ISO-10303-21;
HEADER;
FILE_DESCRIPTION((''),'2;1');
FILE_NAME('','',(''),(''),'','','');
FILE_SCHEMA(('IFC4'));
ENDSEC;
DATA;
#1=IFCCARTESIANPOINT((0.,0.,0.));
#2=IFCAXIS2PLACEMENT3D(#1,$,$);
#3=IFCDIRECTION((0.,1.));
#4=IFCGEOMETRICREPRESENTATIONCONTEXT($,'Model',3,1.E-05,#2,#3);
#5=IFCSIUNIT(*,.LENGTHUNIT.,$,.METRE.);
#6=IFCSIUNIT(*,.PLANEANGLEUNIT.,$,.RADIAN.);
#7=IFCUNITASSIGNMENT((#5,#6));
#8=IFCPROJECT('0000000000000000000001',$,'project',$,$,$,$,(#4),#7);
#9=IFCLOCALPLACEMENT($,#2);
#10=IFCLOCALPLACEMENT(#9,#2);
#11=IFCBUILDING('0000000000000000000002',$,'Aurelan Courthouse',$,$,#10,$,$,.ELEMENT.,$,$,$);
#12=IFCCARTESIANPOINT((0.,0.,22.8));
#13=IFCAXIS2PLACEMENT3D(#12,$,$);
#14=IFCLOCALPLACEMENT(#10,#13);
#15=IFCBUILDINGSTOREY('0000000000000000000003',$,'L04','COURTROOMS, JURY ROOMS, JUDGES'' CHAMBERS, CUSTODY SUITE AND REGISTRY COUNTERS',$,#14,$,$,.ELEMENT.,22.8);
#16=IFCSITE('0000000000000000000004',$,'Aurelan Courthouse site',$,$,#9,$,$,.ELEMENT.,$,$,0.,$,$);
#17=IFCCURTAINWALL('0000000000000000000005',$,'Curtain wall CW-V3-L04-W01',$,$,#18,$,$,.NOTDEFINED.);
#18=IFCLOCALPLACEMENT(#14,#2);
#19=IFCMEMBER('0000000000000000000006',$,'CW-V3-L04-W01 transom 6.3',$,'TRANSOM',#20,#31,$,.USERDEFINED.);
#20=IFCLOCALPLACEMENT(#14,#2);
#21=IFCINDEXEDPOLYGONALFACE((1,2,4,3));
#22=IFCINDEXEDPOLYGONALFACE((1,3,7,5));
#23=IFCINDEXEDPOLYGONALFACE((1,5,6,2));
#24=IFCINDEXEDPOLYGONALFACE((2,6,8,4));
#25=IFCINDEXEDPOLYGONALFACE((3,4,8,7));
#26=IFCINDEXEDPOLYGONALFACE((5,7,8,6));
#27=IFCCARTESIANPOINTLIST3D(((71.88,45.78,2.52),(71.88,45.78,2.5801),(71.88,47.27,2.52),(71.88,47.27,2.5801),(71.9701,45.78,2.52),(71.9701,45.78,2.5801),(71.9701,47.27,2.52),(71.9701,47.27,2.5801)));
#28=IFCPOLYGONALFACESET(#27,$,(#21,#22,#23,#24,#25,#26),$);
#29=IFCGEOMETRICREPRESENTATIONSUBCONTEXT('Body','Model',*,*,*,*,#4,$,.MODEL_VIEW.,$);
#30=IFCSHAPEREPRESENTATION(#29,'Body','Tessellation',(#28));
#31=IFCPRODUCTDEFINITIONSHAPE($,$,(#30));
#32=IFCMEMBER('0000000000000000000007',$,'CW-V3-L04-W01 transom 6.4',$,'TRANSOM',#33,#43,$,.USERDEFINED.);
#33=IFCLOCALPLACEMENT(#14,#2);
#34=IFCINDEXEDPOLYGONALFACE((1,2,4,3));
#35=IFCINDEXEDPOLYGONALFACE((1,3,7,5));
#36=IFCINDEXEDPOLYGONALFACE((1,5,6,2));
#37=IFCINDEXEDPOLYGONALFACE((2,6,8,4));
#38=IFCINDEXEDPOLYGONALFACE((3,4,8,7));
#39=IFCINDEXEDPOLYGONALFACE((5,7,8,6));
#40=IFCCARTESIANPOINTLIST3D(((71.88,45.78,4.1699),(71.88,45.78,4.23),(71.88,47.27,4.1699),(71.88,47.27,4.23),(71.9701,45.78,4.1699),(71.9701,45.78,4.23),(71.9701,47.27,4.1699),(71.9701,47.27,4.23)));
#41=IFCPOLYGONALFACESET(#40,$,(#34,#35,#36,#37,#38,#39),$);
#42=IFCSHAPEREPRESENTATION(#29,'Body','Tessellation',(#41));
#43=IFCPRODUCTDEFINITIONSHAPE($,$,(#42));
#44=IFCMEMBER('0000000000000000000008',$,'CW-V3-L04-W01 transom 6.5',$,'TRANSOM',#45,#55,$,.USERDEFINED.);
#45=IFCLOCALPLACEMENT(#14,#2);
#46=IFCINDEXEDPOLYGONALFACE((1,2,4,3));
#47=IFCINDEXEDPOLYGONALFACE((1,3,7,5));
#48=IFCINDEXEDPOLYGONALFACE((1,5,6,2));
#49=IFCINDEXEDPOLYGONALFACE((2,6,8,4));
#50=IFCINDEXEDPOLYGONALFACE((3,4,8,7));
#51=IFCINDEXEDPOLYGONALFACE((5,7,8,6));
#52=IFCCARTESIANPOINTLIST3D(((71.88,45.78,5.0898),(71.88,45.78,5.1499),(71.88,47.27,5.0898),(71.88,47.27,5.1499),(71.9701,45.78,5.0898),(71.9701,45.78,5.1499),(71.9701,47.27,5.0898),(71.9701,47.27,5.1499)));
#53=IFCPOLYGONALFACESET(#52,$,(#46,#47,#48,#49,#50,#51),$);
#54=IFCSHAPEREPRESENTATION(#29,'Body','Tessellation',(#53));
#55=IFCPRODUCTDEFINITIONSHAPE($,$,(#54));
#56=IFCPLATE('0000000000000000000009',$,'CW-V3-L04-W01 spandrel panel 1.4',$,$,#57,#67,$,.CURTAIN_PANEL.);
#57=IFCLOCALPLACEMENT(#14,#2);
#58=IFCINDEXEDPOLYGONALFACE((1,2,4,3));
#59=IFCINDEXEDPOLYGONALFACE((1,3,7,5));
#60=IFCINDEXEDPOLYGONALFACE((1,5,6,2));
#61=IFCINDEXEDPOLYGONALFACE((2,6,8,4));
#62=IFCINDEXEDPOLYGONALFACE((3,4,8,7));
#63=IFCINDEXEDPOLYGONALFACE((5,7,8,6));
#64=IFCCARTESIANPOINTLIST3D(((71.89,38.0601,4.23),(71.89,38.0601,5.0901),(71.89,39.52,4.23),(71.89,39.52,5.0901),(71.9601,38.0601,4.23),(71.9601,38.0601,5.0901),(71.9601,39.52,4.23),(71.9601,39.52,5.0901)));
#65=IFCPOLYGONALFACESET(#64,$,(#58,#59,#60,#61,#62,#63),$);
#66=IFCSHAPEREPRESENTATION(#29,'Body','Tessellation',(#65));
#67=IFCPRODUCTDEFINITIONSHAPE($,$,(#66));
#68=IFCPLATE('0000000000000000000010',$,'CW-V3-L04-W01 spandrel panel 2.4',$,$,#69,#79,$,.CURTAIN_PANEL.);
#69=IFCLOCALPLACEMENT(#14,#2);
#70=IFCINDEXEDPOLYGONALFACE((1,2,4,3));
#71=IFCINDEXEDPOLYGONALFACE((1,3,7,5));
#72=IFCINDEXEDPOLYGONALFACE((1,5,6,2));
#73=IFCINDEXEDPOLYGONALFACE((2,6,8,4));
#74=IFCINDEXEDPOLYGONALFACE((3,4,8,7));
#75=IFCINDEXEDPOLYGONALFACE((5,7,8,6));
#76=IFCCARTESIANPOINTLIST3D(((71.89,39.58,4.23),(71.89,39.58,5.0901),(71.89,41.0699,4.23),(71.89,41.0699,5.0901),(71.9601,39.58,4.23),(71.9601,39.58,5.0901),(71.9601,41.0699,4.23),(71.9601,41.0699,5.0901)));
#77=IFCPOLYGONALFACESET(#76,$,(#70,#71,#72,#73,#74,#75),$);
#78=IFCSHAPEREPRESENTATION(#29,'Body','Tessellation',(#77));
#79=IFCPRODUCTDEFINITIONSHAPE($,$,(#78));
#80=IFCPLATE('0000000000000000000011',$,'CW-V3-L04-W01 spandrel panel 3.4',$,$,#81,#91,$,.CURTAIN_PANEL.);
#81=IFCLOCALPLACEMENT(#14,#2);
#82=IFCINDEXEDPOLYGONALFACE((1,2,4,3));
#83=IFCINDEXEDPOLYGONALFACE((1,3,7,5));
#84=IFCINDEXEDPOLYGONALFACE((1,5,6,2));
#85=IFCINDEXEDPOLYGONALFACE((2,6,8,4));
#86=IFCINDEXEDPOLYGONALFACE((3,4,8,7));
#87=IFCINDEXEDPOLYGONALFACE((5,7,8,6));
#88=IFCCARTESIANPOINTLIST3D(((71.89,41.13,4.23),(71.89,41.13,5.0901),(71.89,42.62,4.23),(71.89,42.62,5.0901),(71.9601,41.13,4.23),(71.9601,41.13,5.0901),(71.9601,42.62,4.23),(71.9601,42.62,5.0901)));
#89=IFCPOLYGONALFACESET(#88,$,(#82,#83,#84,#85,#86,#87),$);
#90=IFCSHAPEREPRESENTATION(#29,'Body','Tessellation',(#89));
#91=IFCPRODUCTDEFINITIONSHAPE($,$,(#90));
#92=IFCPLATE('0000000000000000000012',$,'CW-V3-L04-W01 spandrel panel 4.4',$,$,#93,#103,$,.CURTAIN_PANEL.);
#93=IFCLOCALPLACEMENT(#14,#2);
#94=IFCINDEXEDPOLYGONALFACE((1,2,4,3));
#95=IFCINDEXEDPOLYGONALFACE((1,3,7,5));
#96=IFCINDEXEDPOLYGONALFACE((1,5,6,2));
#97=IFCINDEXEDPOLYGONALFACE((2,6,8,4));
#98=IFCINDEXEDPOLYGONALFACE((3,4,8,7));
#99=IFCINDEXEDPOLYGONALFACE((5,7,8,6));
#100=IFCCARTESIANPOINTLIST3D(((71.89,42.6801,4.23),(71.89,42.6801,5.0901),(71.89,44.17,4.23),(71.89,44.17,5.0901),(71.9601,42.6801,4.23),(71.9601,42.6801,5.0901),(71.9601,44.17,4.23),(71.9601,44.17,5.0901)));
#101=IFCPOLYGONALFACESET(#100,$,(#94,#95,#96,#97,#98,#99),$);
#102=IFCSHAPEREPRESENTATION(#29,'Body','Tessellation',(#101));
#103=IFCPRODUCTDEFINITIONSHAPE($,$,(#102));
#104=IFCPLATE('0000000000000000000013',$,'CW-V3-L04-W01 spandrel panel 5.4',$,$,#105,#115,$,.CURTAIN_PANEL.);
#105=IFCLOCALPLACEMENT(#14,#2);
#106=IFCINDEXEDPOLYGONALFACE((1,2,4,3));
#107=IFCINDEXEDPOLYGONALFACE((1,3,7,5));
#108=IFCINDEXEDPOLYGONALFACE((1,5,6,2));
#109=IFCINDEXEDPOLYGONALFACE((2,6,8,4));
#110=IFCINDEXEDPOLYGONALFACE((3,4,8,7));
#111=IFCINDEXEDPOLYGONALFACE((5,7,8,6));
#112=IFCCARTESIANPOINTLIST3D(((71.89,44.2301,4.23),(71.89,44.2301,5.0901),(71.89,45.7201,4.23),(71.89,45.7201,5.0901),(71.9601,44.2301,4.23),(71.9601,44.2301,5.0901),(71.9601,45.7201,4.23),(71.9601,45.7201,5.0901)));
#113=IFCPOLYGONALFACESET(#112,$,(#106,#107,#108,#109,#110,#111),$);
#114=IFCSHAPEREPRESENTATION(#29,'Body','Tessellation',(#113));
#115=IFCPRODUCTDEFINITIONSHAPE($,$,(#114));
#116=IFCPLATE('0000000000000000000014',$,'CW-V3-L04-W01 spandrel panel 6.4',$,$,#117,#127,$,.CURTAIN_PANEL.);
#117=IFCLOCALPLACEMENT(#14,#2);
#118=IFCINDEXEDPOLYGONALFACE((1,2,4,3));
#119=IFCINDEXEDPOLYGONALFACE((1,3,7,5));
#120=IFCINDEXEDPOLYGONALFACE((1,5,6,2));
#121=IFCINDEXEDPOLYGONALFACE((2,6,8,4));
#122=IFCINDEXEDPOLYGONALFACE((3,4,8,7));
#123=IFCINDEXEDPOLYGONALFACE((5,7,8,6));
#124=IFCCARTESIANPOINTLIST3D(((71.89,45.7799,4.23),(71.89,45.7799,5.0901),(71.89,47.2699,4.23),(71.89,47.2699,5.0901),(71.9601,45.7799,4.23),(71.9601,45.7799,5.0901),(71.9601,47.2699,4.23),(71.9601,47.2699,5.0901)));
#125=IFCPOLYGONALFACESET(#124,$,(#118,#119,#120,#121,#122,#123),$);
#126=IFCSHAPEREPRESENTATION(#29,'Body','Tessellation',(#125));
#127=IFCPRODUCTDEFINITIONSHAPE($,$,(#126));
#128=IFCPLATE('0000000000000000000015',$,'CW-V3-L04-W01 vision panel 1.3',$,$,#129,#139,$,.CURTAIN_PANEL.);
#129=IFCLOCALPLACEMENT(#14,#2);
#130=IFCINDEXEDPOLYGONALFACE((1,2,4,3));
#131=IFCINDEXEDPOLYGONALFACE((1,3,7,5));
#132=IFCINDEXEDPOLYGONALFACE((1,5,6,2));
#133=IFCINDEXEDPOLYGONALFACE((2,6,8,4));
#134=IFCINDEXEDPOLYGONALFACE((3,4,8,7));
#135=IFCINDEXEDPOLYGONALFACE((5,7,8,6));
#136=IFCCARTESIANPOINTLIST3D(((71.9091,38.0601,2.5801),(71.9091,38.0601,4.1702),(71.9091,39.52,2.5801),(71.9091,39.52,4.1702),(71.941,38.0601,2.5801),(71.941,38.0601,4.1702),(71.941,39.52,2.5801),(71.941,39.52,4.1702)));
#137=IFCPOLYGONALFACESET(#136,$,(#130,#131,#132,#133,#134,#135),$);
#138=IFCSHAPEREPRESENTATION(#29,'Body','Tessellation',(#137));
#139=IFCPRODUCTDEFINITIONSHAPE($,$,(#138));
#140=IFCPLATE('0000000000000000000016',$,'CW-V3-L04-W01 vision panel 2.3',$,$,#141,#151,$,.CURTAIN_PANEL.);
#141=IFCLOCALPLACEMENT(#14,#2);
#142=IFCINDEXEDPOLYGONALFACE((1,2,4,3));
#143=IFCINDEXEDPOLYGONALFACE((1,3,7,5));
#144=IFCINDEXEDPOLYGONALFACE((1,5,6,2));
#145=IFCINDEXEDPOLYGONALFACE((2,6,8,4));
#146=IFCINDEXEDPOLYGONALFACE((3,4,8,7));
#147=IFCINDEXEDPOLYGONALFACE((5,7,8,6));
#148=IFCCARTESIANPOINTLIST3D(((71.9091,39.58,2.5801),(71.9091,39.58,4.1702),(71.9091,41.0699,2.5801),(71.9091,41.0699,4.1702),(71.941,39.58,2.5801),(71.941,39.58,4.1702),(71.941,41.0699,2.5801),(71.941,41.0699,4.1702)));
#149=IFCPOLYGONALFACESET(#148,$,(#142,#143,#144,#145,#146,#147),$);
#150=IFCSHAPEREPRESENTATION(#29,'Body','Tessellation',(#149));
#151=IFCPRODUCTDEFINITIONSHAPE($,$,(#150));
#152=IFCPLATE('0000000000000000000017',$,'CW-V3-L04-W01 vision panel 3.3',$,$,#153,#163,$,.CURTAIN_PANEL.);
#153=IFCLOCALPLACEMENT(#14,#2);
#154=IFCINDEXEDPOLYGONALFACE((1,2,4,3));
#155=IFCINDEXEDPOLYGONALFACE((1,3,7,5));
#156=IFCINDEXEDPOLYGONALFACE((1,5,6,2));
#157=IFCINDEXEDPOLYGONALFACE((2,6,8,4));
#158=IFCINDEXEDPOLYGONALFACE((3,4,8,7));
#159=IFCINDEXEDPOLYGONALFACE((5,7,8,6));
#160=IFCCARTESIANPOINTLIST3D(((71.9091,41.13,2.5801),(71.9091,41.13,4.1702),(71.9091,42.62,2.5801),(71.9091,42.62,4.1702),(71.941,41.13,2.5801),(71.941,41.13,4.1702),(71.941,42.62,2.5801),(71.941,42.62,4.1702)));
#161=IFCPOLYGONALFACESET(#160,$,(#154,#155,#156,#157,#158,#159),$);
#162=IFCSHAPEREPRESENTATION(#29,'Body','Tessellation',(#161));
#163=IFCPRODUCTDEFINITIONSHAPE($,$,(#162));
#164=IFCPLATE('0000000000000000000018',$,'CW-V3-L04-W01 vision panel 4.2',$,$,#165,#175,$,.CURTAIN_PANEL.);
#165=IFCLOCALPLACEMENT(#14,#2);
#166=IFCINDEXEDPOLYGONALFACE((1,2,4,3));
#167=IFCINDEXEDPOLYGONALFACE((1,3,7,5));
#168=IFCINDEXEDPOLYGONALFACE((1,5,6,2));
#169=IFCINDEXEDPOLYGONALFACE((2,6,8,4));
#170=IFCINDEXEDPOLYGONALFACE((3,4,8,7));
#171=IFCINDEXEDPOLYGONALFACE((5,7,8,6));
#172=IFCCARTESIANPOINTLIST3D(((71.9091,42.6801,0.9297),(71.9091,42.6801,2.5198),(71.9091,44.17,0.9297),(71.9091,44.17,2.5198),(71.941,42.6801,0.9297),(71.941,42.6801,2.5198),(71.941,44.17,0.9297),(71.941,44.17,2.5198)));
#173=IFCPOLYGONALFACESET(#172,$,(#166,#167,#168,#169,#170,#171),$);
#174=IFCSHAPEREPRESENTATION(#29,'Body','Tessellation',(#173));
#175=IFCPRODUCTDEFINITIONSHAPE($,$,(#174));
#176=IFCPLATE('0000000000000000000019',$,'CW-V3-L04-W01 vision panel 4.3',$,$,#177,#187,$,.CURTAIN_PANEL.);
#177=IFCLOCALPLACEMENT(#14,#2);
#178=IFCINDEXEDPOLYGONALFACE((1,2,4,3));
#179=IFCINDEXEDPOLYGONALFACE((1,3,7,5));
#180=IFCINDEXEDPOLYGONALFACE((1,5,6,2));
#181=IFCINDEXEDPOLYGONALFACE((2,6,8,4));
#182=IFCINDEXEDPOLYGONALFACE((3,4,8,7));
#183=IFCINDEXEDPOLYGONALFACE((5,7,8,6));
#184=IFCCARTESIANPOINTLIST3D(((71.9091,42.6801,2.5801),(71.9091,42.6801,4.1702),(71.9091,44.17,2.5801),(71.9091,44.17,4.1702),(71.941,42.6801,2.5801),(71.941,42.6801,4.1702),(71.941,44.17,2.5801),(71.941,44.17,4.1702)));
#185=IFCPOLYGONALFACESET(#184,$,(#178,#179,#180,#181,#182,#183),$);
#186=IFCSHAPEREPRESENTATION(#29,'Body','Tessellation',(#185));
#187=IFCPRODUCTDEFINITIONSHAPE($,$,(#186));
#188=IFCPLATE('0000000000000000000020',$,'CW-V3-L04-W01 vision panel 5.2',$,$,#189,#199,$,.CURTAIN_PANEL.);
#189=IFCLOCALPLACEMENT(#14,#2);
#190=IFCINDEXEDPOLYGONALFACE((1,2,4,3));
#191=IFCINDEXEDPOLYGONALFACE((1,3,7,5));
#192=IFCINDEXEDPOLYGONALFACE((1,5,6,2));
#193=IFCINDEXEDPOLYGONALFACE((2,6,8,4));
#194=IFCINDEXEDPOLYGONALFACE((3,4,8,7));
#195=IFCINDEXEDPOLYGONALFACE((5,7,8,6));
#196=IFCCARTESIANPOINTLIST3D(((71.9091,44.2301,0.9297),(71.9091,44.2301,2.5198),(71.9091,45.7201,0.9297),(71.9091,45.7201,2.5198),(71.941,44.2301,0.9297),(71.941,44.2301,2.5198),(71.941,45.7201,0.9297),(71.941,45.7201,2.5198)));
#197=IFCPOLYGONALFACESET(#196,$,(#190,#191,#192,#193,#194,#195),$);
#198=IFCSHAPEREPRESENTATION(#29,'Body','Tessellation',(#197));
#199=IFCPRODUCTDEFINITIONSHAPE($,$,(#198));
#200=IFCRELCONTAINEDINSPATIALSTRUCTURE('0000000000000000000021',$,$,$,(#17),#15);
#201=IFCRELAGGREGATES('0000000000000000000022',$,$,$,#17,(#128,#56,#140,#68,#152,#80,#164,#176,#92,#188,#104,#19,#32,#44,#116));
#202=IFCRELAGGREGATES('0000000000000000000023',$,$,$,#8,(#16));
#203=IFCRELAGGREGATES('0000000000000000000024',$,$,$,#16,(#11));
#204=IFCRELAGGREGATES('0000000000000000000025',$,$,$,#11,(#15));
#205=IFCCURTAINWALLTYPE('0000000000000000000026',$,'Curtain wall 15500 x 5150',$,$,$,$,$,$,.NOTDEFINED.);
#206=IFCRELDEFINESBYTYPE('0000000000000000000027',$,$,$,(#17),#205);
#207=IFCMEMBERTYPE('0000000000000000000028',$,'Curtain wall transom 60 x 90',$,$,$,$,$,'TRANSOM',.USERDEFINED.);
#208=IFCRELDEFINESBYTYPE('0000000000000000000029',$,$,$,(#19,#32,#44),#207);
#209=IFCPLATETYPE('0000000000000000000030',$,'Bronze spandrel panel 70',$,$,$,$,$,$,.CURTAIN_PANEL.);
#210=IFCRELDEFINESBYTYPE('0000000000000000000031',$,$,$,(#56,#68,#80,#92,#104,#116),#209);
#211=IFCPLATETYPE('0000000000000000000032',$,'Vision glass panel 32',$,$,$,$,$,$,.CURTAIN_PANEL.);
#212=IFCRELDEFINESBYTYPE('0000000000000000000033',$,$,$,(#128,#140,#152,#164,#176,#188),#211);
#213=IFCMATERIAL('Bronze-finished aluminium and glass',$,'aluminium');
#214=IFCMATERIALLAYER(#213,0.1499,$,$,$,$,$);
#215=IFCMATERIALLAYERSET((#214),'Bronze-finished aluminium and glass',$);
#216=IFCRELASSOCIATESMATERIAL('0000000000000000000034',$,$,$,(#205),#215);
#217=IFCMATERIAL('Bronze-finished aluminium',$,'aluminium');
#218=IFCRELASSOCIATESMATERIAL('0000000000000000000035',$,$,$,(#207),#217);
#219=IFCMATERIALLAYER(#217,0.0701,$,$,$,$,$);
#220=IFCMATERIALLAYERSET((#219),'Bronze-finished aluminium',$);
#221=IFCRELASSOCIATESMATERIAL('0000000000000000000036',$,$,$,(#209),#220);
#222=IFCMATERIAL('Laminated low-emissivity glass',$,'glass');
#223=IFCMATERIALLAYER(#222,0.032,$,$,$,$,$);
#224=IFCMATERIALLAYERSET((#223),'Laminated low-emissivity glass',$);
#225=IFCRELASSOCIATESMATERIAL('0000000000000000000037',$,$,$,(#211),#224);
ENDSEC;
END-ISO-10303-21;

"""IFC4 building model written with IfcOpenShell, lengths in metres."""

from ifc_helpers import new_model, si_unit, direction, frame, origin, origin_2d, place, context, subcontext, project, spatial, rectangle, extrude, material, layer, layer_set, material_profile, profile_set, type_object, element, aggregate, save


model = new_model("IFC4")

# Units and contexts
model_context = context("Model", 3, precision=1e-05, world=origin(), true_north=direction((0.0, 1.0)))
body_context = subcontext(model_context, "Body", "Model", "MODEL_VIEW")
ifc_project = project(units=[si_unit("LENGTHUNIT", "METRE"), si_unit("PLANEANGLEUNIT", "RADIAN")], contexts=[model_context])

# Site, building, storey
site_placement = place(None, origin())
site = spatial("IfcSite", under=ifc_project, at=site_placement, Name="Aurelan Courthouse site", CompositionType="ELEMENT", RefElevation=0.0)
building_placement = place(site_placement, origin())
building = spatial("IfcBuilding", under=site, at=building_placement, Name="Aurelan Courthouse", CompositionType="ELEMENT")
storey_placement = place(building_placement, frame((0.0, 0.0, 22.8)))
storey = spatial("IfcBuildingStorey", under=building, at=storey_placement, Name="L04", Description="COURTROOMS, JURY ROOMS, JUDGES' CHAMBERS, CUSTODY SUITE AND REGISTRY COUNTERS", CompositionType="ELEMENT", Elevation=22.8)

# Curtain wall, members, plates
ifc_material_1 = material(Name="Bronze-finished aluminium and glass", Category="aluminium")
ifc_layer_1 = layer(ifc_material_1, 0.1499)
ifc_layer_set_1 = layer_set([ifc_layer_1], Name="Bronze-finished aluminium and glass")
curtain_wall_type = type_object("IfcCurtainWallType", Name="Curtain wall 15500 x 5150", PredefinedType="NOTDEFINED", material=ifc_layer_set_1)
curtain_wall_placement = place(storey_placement, origin())
curtain_wall = element("IfcCurtainWall", 1, at=curtain_wall_placement, inside=storey, type_object=curtain_wall_type, Name="Curtain wall CW-V3-L04-W01", PredefinedType="NOTDEFINED")
ifc_material_2 = material(Name="Bronze-finished aluminium", Category="aluminium")
ifc_material_profile = material_profile(ifc_material_2, rectangle(XDim=0.0901, YDim=0.0601, at=origin_2d()), Name="Bronze transom 60 x 90")
ifc_profile_set = profile_set([ifc_material_profile], Name="Bronze-finished aluminium")
member_type = type_object("IfcMemberType", Name="Curtain wall transom 60 x 90", ElementType="TRANSOM", PredefinedType="USERDEFINED", material=ifc_profile_set)
member_1_placement = place(storey_placement, frame((71.925, 45.78, 2.55), z_axis=(0.0, 1.0, 0.0), x_axis=(-1.0, 0.0, 0.0)))
member_1 = element("IfcMember", 2, at=member_1_placement, type_object=member_type, Name="CW-V3-L04-W01 transom 6.3", ObjectType="TRANSOM", PredefinedType="USERDEFINED", context=body_context, shape_type="SweptSolid", body=[
    extrude(rectangle(XDim=0.0901, YDim=0.0601, at=origin_2d()), origin(), (0.0, 0.0, 1.0), 1.49),
])
member_2_placement = place(storey_placement, frame((71.925, 45.78, 4.2), z_axis=(0.0, 1.0, 0.0), x_axis=(-1.0, 0.0, 0.0)))
member_2 = element("IfcMember", 3, at=member_2_placement, type_object=member_type, Name="CW-V3-L04-W01 transom 6.4", ObjectType="TRANSOM", PredefinedType="USERDEFINED", context=body_context, shape_type="SweptSolid", body=[
    extrude(rectangle(XDim=0.0901, YDim=0.0601, at=origin_2d()), origin(), (0.0, 0.0, 1.0), 1.49),
])
member_3_placement = place(storey_placement, frame((71.925, 45.78, 5.1199), z_axis=(0.0, 1.0, 0.0), x_axis=(-1.0, 0.0, 0.0)))
member_3 = element("IfcMember", 4, at=member_3_placement, type_object=member_type, Name="CW-V3-L04-W01 transom 6.5", ObjectType="TRANSOM", PredefinedType="USERDEFINED", context=body_context, shape_type="SweptSolid", body=[
    extrude(rectangle(XDim=0.0901, YDim=0.0601, at=origin_2d()), origin(), (0.0, 0.0, 1.0), 1.49),
])
ifc_layer_2 = layer(ifc_material_2, 0.0701)
ifc_layer_set_2 = layer_set([ifc_layer_2], Name="Bronze-finished aluminium")
plate_type_1 = type_object("IfcPlateType", Name="Bronze spandrel panel 70", PredefinedType="CURTAIN_PANEL", material=ifc_layer_set_2)
plate_1_placement = place(storey_placement, frame((71.925, 38.79, 4.23), z_axis=(0.0, 0.0, 1.0), x_axis=(0.0, 1.0, 0.0)))
plate_1 = element("IfcPlate", 5, at=plate_1_placement, type_object=plate_type_1, Name="CW-V3-L04-W01 spandrel panel 1.4", PredefinedType="CURTAIN_PANEL", context=body_context, shape_type="SweptSolid", body=[
    extrude(rectangle(XDim=1.46, YDim=0.0701, at=origin_2d()), origin(), (0.0, 0.0, 1.0), 0.8601),
])
plate_2_placement = place(storey_placement, frame((71.925, 40.325, 4.23), z_axis=(0.0, 0.0, 1.0), x_axis=(0.0, 1.0, 0.0)))
plate_2 = element("IfcPlate", 6, at=plate_2_placement, type_object=plate_type_1, Name="CW-V3-L04-W01 spandrel panel 2.4", PredefinedType="CURTAIN_PANEL", context=body_context, shape_type="SweptSolid", body=[
    extrude(rectangle(XDim=1.49, YDim=0.0701, at=origin_2d()), origin(), (0.0, 0.0, 1.0), 0.8601),
])
plate_3_placement = place(storey_placement, frame((71.925, 41.875, 4.23), z_axis=(0.0, 0.0, 1.0), x_axis=(0.0, 1.0, 0.0)))
plate_3 = element("IfcPlate", 7, at=plate_3_placement, type_object=plate_type_1, Name="CW-V3-L04-W01 spandrel panel 3.4", PredefinedType="CURTAIN_PANEL", context=body_context, shape_type="SweptSolid", body=[
    extrude(rectangle(XDim=1.49, YDim=0.0701, at=origin_2d()), origin(), (0.0, 0.0, 1.0), 0.8601),
])
plate_4_placement = place(storey_placement, frame((71.925, 43.425, 4.23), z_axis=(0.0, 0.0, 1.0), x_axis=(0.0, 1.0, 0.0)))
plate_4 = element("IfcPlate", 8, at=plate_4_placement, type_object=plate_type_1, Name="CW-V3-L04-W01 spandrel panel 4.4", PredefinedType="CURTAIN_PANEL", context=body_context, shape_type="SweptSolid", body=[
    extrude(rectangle(XDim=1.49, YDim=0.0701, at=origin_2d()), origin(), (0.0, 0.0, 1.0), 0.8601),
])
plate_5_placement = place(storey_placement, frame((71.925, 44.9751, 4.23), z_axis=(0.0, 0.0, 1.0), x_axis=(0.0, 1.0, 0.0)))
plate_5 = element("IfcPlate", 9, at=plate_5_placement, type_object=plate_type_1, Name="CW-V3-L04-W01 spandrel panel 5.4", PredefinedType="CURTAIN_PANEL", context=body_context, shape_type="SweptSolid", body=[
    extrude(rectangle(XDim=1.49, YDim=0.0701, at=origin_2d()), origin(), (0.0, 0.0, 1.0), 0.8601),
])
plate_6_placement = place(storey_placement, frame((71.925, 46.5249, 4.23), z_axis=(0.0, 0.0, 1.0), x_axis=(0.0, 1.0, 0.0)))
plate_6 = element("IfcPlate", 10, at=plate_6_placement, type_object=plate_type_1, Name="CW-V3-L04-W01 spandrel panel 6.4", PredefinedType="CURTAIN_PANEL", context=body_context, shape_type="SweptSolid", body=[
    extrude(rectangle(XDim=1.49, YDim=0.0701, at=origin_2d()), origin(), (0.0, 0.0, 1.0), 0.8601),
])
ifc_material_3 = material(Name="Laminated low-emissivity glass", Category="glass")
ifc_layer_3 = layer(ifc_material_3, 0.032)
ifc_layer_set_3 = layer_set([ifc_layer_3], Name="Laminated low-emissivity glass")
plate_type_2 = type_object("IfcPlateType", Name="Vision glass panel 32", PredefinedType="CURTAIN_PANEL", material=ifc_layer_set_3)
plate_7_placement = place(storey_placement, frame((71.925, 38.79, 2.5801), z_axis=(0.0, 0.0, 1.0), x_axis=(0.0, 1.0, 0.0)))
plate_7 = element("IfcPlate", 11, at=plate_7_placement, type_object=plate_type_2, Name="CW-V3-L04-W01 vision panel 1.3", PredefinedType="CURTAIN_PANEL", context=body_context, shape_type="SweptSolid", body=[
    extrude(rectangle(XDim=1.46, YDim=0.032, at=origin_2d()), origin(), (0.0, 0.0, 1.0), 1.5901),
])
plate_8_placement = place(storey_placement, frame((71.925, 40.325, 2.5801), z_axis=(0.0, 0.0, 1.0), x_axis=(0.0, 1.0, 0.0)))
plate_8 = element("IfcPlate", 12, at=plate_8_placement, type_object=plate_type_2, Name="CW-V3-L04-W01 vision panel 2.3", PredefinedType="CURTAIN_PANEL", context=body_context, shape_type="SweptSolid", body=[
    extrude(rectangle(XDim=1.49, YDim=0.032, at=origin_2d()), origin(), (0.0, 0.0, 1.0), 1.5901),
])
plate_9_placement = place(storey_placement, frame((71.925, 41.875, 2.5801), z_axis=(0.0, 0.0, 1.0), x_axis=(0.0, 1.0, 0.0)))
plate_9 = element("IfcPlate", 13, at=plate_9_placement, type_object=plate_type_2, Name="CW-V3-L04-W01 vision panel 3.3", PredefinedType="CURTAIN_PANEL", context=body_context, shape_type="SweptSolid", body=[
    extrude(rectangle(XDim=1.49, YDim=0.032, at=origin_2d()), origin(), (0.0, 0.0, 1.0), 1.5901),
])
plate_10_placement = place(storey_placement, frame((71.925, 43.425, 0.9297), z_axis=(0.0, 0.0, 1.0), x_axis=(0.0, 1.0, 0.0)))
plate_10 = element("IfcPlate", 14, at=plate_10_placement, type_object=plate_type_2, Name="CW-V3-L04-W01 vision panel 4.2", PredefinedType="CURTAIN_PANEL", context=body_context, shape_type="SweptSolid", body=[
    extrude(rectangle(XDim=1.49, YDim=0.032, at=origin_2d()), origin(), (0.0, 0.0, 1.0), 1.5901),
])
plate_11_placement = place(storey_placement, frame((71.925, 43.425, 2.5801), z_axis=(0.0, 0.0, 1.0), x_axis=(0.0, 1.0, 0.0)))
plate_11 = element("IfcPlate", 15, at=plate_11_placement, type_object=plate_type_2, Name="CW-V3-L04-W01 vision panel 4.3", PredefinedType="CURTAIN_PANEL", context=body_context, shape_type="SweptSolid", body=[
    extrude(rectangle(XDim=1.49, YDim=0.032, at=origin_2d()), origin(), (0.0, 0.0, 1.0), 1.5901),
])
plate_12_placement = place(storey_placement, frame((71.925, 44.9751, 0.9297), z_axis=(0.0, 0.0, 1.0), x_axis=(0.0, 1.0, 0.0)))
plate_12 = element("IfcPlate", 16, at=plate_12_placement, type_object=plate_type_2, Name="CW-V3-L04-W01 vision panel 5.2", PredefinedType="CURTAIN_PANEL", context=body_context, shape_type="SweptSolid", body=[
    extrude(rectangle(XDim=1.49, YDim=0.032, at=origin_2d()), origin(), (0.0, 0.0, 1.0), 1.5901),
])
aggregate(curtain_wall, [plate_7, plate_1, plate_8, plate_2, plate_9, plate_3, plate_10, plate_11, plate_4, plate_12, plate_5, member_1, member_2, member_3, plate_6])

save(model, "model.ifc")
